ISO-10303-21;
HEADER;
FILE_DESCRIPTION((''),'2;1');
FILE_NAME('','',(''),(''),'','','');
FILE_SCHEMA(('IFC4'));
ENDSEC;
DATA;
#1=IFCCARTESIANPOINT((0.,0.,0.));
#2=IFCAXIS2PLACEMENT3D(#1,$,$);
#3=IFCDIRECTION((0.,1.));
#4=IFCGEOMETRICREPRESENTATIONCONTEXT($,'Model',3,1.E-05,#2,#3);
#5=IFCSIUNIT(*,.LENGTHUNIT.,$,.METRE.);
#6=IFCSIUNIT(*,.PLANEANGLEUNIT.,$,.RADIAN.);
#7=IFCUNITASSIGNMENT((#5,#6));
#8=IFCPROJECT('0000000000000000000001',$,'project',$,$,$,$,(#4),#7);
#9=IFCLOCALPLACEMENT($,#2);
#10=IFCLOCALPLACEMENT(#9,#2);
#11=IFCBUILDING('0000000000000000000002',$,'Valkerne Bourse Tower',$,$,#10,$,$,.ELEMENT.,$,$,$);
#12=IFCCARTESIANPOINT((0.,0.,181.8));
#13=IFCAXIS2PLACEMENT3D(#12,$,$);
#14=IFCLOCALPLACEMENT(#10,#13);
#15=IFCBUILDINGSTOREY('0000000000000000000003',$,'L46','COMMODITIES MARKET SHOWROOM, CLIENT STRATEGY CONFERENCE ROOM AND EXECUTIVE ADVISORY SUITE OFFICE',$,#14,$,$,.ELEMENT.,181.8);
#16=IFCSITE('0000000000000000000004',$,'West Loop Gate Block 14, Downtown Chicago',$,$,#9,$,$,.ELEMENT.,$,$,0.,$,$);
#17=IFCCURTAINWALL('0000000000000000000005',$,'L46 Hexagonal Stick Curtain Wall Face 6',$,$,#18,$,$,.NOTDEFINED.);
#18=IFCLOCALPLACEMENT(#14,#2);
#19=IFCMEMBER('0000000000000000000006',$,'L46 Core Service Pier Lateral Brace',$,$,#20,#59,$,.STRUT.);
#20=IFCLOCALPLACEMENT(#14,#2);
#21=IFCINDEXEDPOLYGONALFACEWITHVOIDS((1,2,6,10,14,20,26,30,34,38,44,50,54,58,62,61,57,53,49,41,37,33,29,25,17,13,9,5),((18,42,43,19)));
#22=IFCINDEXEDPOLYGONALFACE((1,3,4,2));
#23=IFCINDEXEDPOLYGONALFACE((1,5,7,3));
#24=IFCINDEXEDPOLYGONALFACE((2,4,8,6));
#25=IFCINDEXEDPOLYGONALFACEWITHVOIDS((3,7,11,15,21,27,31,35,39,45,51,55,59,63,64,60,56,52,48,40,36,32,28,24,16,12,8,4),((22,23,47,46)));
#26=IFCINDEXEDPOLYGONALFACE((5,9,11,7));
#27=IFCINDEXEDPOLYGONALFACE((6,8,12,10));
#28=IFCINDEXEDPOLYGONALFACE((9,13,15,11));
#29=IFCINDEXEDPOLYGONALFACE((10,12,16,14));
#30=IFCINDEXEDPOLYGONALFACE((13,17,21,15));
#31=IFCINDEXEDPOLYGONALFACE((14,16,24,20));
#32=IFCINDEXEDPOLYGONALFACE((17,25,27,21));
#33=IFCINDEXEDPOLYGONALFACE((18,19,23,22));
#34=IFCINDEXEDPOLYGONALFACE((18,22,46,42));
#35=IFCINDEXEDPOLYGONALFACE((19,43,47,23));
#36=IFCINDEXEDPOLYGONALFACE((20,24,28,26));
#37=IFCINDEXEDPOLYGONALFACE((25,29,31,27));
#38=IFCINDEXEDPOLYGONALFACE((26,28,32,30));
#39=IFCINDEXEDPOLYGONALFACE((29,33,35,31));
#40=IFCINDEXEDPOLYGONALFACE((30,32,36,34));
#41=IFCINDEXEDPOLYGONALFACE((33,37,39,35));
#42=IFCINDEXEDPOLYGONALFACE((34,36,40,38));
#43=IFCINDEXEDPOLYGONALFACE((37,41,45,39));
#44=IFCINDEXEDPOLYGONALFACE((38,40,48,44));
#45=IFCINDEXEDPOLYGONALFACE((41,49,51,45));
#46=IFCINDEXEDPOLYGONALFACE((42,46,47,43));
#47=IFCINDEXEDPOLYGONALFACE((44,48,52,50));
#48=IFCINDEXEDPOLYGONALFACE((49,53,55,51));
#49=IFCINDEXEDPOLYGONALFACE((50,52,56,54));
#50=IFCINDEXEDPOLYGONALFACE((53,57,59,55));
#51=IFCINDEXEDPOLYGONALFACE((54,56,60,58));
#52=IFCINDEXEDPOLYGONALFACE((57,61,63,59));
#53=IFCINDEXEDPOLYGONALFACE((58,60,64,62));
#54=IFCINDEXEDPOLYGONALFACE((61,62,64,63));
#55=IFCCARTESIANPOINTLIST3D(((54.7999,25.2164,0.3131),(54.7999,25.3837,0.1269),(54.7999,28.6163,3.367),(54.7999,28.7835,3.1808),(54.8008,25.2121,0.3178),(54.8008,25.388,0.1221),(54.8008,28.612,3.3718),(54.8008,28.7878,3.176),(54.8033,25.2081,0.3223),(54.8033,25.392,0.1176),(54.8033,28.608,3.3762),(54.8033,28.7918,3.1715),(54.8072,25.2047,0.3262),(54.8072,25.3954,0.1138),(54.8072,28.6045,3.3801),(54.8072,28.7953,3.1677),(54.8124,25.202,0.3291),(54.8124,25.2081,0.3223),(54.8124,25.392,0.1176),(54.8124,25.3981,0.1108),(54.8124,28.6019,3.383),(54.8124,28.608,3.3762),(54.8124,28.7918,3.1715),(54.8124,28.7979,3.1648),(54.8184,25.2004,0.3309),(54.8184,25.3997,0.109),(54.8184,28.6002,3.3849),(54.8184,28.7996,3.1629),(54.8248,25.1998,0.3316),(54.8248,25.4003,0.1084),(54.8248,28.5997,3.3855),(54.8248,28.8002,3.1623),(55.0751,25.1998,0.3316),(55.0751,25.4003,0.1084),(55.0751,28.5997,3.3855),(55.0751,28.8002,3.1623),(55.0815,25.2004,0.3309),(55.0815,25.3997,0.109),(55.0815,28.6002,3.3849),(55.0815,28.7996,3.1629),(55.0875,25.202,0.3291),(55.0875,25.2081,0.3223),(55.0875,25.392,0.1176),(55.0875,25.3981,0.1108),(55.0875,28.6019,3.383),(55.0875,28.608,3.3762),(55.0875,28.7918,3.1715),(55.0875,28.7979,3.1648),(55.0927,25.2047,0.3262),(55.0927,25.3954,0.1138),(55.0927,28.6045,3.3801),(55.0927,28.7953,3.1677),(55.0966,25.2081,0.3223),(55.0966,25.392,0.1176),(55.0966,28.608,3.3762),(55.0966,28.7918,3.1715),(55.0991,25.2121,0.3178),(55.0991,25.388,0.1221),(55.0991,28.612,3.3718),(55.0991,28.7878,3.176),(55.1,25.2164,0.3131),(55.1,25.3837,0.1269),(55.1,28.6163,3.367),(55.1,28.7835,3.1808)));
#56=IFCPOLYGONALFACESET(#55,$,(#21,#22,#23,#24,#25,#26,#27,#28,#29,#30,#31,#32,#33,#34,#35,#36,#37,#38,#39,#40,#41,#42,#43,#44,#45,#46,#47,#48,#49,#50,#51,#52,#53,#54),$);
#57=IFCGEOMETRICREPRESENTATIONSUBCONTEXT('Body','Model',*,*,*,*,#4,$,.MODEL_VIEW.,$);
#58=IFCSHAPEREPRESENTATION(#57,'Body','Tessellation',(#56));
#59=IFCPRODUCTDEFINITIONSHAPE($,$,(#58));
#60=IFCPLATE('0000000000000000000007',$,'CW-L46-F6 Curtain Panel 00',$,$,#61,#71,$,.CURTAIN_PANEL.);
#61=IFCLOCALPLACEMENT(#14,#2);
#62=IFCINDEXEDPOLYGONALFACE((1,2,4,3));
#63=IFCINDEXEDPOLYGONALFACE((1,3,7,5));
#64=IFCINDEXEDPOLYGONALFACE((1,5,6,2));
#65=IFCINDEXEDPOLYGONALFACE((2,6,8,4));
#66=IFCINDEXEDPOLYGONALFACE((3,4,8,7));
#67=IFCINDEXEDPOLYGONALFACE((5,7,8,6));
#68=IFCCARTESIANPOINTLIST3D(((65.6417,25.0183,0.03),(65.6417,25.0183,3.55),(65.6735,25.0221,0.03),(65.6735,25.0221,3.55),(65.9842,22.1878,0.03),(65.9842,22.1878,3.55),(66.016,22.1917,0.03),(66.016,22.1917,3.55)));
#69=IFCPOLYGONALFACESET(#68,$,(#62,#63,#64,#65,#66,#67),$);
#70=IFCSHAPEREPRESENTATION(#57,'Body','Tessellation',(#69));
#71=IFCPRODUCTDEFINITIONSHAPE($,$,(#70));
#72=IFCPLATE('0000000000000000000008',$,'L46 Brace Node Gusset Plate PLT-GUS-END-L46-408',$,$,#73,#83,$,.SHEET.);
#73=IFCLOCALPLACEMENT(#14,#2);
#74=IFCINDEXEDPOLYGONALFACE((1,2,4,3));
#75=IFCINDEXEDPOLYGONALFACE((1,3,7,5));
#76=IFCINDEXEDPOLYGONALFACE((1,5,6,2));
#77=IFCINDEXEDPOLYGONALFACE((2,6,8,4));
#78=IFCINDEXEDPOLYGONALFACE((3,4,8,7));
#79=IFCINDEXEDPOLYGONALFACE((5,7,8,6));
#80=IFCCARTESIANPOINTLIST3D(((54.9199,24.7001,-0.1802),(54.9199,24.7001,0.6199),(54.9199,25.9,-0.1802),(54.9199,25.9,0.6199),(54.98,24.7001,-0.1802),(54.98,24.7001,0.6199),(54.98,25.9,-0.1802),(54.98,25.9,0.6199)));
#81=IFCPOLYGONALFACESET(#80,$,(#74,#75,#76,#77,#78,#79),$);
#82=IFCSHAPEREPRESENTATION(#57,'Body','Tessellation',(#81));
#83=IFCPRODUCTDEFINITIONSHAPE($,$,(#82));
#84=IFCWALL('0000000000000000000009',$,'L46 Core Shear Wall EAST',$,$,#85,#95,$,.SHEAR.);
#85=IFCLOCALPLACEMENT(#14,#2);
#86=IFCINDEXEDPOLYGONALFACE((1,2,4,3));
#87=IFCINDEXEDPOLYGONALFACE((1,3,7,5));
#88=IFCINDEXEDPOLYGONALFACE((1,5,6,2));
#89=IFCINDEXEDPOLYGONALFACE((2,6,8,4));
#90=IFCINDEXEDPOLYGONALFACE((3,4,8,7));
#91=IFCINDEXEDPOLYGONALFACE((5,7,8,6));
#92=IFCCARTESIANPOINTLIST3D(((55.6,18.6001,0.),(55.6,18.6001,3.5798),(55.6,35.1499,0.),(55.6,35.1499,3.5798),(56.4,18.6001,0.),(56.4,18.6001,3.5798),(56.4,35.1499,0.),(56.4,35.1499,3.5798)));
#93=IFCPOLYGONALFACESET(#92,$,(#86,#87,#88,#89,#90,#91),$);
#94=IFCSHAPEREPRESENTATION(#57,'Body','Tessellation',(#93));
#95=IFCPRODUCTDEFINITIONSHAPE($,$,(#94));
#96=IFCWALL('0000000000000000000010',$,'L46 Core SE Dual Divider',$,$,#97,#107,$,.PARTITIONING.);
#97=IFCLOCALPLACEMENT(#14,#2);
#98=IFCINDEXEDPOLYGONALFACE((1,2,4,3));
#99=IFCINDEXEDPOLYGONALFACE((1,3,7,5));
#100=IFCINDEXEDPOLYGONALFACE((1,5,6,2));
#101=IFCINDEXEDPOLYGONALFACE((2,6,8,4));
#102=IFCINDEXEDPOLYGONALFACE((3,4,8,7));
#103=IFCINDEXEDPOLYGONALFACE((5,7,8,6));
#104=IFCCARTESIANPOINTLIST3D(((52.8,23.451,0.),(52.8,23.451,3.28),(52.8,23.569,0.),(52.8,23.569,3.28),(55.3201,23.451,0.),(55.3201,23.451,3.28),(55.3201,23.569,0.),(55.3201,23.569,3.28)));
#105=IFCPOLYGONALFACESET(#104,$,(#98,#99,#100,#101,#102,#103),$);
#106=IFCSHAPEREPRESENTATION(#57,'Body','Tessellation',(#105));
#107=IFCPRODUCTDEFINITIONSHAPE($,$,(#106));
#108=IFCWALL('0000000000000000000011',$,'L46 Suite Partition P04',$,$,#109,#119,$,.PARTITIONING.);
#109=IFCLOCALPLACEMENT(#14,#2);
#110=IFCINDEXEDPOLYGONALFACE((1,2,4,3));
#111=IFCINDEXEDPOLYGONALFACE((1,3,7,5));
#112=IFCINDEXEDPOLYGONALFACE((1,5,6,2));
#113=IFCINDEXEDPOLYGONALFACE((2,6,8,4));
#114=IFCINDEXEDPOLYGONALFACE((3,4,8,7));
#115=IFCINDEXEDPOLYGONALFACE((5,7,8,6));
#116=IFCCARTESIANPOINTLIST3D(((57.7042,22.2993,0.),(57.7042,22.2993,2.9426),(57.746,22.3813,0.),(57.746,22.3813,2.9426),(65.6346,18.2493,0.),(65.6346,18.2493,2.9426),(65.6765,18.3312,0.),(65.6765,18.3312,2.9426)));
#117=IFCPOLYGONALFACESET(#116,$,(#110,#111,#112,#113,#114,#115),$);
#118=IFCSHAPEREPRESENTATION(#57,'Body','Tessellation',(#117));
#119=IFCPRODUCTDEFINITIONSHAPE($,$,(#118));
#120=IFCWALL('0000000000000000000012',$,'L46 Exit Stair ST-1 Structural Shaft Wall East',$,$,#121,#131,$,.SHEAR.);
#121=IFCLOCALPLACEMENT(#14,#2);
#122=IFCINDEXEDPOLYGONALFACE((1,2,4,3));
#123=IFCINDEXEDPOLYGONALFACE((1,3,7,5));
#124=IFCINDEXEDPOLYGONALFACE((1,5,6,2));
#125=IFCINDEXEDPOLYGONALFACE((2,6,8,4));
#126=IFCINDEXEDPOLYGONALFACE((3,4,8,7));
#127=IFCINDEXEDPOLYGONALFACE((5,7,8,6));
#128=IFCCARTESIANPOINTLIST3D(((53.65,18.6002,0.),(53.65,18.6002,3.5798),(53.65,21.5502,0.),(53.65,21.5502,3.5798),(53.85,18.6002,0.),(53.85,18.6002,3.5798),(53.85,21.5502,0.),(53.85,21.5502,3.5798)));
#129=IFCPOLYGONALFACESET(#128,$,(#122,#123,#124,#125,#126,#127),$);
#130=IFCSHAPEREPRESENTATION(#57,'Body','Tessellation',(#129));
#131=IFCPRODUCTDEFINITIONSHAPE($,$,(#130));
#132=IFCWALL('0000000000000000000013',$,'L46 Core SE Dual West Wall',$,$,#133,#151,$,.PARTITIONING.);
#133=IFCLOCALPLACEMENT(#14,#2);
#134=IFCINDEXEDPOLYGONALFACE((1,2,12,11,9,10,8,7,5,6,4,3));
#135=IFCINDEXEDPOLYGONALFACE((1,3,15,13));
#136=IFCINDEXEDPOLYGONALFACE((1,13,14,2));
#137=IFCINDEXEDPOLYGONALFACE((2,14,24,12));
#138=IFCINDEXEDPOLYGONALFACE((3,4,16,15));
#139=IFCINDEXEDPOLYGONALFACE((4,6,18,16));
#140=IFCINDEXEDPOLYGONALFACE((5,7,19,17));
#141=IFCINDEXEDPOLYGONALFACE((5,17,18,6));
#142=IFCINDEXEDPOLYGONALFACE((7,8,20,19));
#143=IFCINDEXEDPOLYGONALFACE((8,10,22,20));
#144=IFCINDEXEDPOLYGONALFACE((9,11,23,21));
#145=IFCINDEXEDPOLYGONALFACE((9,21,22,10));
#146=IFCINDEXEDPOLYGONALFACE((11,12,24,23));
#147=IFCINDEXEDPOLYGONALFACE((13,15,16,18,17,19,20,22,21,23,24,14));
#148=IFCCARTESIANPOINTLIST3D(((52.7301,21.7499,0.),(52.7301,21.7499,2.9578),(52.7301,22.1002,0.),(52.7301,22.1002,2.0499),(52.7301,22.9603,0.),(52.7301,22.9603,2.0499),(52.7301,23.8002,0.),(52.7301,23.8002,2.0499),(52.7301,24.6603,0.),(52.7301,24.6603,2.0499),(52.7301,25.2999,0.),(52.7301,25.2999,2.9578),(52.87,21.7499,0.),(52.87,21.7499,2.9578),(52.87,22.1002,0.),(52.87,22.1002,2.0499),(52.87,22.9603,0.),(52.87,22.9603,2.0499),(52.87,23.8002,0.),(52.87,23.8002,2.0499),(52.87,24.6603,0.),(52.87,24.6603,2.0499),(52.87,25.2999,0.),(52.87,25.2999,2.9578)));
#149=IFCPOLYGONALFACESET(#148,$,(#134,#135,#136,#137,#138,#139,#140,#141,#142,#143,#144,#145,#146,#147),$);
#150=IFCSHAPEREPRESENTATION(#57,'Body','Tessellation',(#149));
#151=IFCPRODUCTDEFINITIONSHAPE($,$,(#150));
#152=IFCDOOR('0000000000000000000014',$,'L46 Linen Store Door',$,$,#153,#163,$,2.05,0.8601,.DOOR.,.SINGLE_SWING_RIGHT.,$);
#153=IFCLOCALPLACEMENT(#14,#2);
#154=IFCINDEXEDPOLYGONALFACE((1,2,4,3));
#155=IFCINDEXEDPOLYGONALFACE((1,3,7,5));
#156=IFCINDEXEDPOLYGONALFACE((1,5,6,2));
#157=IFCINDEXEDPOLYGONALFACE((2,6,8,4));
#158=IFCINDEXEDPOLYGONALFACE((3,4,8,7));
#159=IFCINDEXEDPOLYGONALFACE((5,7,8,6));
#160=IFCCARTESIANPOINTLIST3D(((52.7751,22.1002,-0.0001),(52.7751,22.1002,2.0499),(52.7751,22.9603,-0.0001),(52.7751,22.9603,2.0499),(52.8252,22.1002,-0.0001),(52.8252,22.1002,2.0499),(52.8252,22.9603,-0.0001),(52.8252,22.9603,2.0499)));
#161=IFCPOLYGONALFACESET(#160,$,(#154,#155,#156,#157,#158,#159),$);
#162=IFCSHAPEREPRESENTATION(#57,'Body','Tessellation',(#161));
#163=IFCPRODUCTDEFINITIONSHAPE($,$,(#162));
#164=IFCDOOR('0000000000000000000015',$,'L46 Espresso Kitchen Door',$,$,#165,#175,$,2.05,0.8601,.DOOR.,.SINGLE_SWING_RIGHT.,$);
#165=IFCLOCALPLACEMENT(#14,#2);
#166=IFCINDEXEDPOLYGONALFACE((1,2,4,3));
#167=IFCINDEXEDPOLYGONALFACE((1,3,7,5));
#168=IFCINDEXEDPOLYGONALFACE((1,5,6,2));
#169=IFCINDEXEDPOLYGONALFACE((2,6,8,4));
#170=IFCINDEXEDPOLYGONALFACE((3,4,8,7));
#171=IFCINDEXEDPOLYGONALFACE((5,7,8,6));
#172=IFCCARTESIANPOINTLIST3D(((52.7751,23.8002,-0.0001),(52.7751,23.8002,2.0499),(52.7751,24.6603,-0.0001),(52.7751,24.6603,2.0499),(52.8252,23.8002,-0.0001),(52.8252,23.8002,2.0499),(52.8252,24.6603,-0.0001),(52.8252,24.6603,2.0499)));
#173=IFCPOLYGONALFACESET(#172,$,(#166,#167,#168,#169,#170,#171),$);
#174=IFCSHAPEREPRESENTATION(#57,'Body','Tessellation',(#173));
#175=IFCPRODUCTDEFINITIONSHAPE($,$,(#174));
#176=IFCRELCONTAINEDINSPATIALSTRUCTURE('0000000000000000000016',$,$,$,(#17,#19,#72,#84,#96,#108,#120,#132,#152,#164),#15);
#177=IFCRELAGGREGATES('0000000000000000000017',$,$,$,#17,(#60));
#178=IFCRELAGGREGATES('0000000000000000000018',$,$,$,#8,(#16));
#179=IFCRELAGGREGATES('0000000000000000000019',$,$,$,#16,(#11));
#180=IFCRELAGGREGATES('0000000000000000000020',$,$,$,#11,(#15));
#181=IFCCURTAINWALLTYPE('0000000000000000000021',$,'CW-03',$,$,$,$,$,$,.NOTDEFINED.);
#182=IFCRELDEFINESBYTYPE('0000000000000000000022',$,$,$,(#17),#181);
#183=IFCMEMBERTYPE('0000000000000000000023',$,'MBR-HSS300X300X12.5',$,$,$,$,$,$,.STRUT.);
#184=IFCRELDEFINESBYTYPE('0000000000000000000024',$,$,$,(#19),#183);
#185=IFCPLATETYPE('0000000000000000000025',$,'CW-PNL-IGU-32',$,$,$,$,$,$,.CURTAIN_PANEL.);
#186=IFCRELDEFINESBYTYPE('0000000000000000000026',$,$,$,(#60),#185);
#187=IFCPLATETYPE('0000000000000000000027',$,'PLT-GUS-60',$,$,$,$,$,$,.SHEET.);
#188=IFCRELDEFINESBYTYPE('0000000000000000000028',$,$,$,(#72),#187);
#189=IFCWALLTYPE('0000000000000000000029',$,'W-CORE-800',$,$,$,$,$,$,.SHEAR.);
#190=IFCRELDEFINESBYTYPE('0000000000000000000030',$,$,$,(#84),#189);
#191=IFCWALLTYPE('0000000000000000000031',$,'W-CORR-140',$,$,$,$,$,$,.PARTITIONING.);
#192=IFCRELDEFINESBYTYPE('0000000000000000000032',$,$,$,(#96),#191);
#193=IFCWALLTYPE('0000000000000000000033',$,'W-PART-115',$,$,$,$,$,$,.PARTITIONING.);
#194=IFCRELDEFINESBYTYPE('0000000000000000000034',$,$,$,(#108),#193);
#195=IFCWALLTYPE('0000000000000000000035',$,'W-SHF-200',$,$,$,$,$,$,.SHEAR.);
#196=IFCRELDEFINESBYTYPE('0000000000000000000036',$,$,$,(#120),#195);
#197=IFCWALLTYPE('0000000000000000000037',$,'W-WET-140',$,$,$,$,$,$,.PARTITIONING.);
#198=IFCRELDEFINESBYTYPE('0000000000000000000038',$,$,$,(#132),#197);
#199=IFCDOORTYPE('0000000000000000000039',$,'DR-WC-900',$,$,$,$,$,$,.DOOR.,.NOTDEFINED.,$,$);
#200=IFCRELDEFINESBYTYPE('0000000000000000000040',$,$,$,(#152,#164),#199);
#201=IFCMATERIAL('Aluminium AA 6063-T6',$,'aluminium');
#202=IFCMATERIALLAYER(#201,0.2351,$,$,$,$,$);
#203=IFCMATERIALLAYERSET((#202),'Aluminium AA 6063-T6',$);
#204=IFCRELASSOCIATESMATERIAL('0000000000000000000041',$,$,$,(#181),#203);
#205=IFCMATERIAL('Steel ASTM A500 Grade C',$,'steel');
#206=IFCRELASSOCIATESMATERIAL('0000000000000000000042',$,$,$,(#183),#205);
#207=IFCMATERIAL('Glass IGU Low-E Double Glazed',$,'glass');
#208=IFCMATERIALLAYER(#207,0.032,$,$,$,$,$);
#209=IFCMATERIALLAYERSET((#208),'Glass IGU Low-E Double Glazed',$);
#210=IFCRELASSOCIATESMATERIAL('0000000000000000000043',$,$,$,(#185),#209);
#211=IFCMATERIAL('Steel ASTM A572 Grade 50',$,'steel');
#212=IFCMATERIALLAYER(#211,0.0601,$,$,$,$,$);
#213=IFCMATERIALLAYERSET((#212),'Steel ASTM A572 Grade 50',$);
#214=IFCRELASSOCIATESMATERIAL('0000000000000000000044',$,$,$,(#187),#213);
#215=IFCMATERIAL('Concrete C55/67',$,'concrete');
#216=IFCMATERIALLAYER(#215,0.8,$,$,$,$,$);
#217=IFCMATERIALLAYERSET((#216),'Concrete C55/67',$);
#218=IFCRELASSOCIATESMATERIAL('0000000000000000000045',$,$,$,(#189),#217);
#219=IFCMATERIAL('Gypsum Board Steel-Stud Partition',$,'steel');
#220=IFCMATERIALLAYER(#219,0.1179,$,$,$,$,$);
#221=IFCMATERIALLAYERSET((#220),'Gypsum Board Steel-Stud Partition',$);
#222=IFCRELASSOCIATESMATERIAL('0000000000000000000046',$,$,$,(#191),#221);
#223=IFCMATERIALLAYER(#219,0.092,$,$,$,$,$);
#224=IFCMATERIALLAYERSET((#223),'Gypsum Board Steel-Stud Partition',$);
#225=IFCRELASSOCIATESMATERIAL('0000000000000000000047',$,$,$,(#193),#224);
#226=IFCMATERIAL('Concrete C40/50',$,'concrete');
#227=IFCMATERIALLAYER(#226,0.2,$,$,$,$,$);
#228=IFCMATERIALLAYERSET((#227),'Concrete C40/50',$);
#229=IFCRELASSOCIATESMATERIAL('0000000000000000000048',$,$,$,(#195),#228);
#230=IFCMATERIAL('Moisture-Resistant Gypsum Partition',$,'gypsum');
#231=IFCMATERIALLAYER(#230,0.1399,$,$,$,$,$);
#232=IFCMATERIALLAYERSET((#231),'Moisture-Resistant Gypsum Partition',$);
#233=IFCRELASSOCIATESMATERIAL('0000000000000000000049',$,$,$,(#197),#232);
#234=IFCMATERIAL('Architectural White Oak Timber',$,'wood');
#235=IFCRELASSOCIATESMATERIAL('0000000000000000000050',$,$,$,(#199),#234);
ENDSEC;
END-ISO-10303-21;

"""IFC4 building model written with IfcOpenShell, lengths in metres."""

from ifc_helpers import new_model, si_unit, direction, frame, frame_2d, origin, origin_2d, place, context, subcontext, project, spatial, rectangle, hollow_rectangle, extrude, material, layer, layer_set, material_profile, profile_set, type_object, element, fill, aggregate, save


model = new_model("IFC4")

# Units and contexts
model_context = context("Model", 3, precision=1e-05, world=origin(), true_north=direction((0.0, 1.0)))
body_context = subcontext(model_context, "Body", "Model", "MODEL_VIEW")
ifc_project = project(units=[si_unit("LENGTHUNIT", "METRE"), si_unit("PLANEANGLEUNIT", "RADIAN")], contexts=[model_context])

# Site, building, storey
site_placement = place(None, origin())
site = spatial("IfcSite", under=ifc_project, at=site_placement, Name="West Loop Gate Block 14, Downtown Chicago", CompositionType="ELEMENT", RefElevation=0.0)
building_placement = place(site_placement, origin())
building = spatial("IfcBuilding", under=site, at=building_placement, Name="Valkerne Bourse Tower", CompositionType="ELEMENT")
storey_placement = place(building_placement, frame((0.0, 0.0, 181.8)))
storey = spatial("IfcBuildingStorey", under=building, at=storey_placement, Name="L46", Description="COMMODITIES MARKET SHOWROOM, CLIENT STRATEGY CONFERENCE ROOM AND EXECUTIVE ADVISORY SUITE OFFICE", CompositionType="ELEMENT", Elevation=181.8)

# Curtain wall
ifc_material_1 = material(Name="Aluminium AA 6063-T6", Category="aluminium")
ifc_layer_1 = layer(ifc_material_1, 0.2351)
ifc_layer_set_1 = layer_set([ifc_layer_1], Name="Aluminium AA 6063-T6")
curtain_wall_type = type_object("IfcCurtainWallType", Name="CW-03", PredefinedType="NOTDEFINED", material=ifc_layer_set_1)
curtain_wall_placement = place(storey_placement, origin())
curtain_wall = element("IfcCurtainWall", 1, at=curtain_wall_placement, inside=storey, type_object=curtain_wall_type, Name="L46 Hexagonal Stick Curtain Wall Face 6", PredefinedType="NOTDEFINED")

# Member
ifc_material_2 = material(Name="Steel ASTM A500 Grade C", Category="steel")
ifc_material_profile_1 = material_profile(ifc_material_2, hollow_rectangle(XDim=0.3, YDim=0.3, WallThickness=0.0125, OuterFilletRadius=0.0249, at=origin_2d()), Name="HSS300X300X12.5")
ifc_profile_set_1 = profile_set([ifc_material_profile_1], Name="Steel ASTM A500 Grade C")
member_type_1 = type_object("IfcMemberType", Name="MBR-HSS300X300X12.5", PredefinedType="STRUT", material=ifc_profile_set_1)
member_1_placement = place(storey_placement, frame((54.95, 25.3, 0.22), z_axis=(0.0, 0.743942, 0.668244), x_axis=(-1.0, 0.0, 0.0)))
element("IfcMember", 2, at=member_1_placement, inside=storey, type_object=member_type_1, Name="L46 Core Service Pier Lateral Brace", PredefinedType="STRUT", context=body_context, shape_type="SweptSolid", body=[
    extrude(hollow_rectangle(XDim=0.3, YDim=0.3, WallThickness=0.0125, OuterFilletRadius=0.0249, at=origin_2d()), origin(), (0.0, 0.0, 1.0), 4.5701),
])

# Plates
ifc_material_3 = material(Name="Glass IGU Low-E Double Glazed", Category="glass")
ifc_layer_2 = layer(ifc_material_3, 0.032)
ifc_layer_set_2 = layer_set([ifc_layer_2], Name="Glass IGU Low-E Double Glazed")
plate_type_1 = type_object("IfcPlateType", Name="CW-PNL-IGU-32", PredefinedType="CURTAIN_PANEL", material=ifc_layer_set_2)
plate_1_placement = place(storey_placement, frame((65.8289, 23.605, 0.03), z_axis=(0.0, 0.0, 1.0), x_axis=(-0.120127, 0.992759, 0.0)))
plate_1 = element("IfcPlate", 3, at=plate_1_placement, type_object=plate_type_1, Name="CW-L46-F6 Curtain Panel 00", PredefinedType="CURTAIN_PANEL", context=body_context, shape_type="SweptSolid", body=[
    extrude(rectangle(XDim=2.8511, YDim=0.032, at=origin_2d()), origin(), (0.0, 0.0, 1.0), 3.52),
])
aggregate(curtain_wall, [plate_1])
ifc_material_4 = material(Name="Steel ASTM A572 Grade 50", Category="steel")
ifc_layer_3 = layer(ifc_material_4, 0.0601)
ifc_layer_set_3 = layer_set([ifc_layer_3], Name="Steel ASTM A572 Grade 50")
plate_type_2 = type_object("IfcPlateType", Name="PLT-GUS-60", PredefinedType="SHEET", material=ifc_layer_set_3)
plate_2_placement = place(storey_placement, frame((54.95, 25.3, -0.1802), z_axis=(0.0, 0.0, 1.0), x_axis=(0.0, 1.0, 0.0)))
element("IfcPlate", 4, at=plate_2_placement, inside=storey, type_object=plate_type_2, Name="L46 Brace Node Gusset Plate PLT-GUS-END-L46-408", PredefinedType="SHEET", context=body_context, shape_type="SweptSolid", body=[
    extrude(rectangle(XDim=1.2, YDim=0.0601, at=origin_2d()), origin(), (0.0, 0.0, 1.0), 0.8),
])

# Walls
ifc_material_5 = material(Name="Concrete C55/67", Category="concrete")
ifc_layer_4 = layer(ifc_material_5, 0.8)
ifc_layer_set_4 = layer_set([ifc_layer_4], Name="Concrete C55/67")
wall_type_1 = type_object("IfcWallType", Name="W-CORE-800", PredefinedType="SHEAR", material=ifc_layer_set_4)
wall_1_placement = place(storey_placement, frame((56.0, 18.6001, 0.0), z_axis=(0.0, 0.0, 1.0), x_axis=(0.0, 1.0, 0.0)))
element("IfcWall", 5, at=wall_1_placement, inside=storey, type_object=wall_type_1, Name="L46 Core Shear Wall EAST", PredefinedType="SHEAR", context=body_context, shape_type="SweptSolid", body=[
    extrude(rectangle(XDim=16.5498, YDim=0.8, at=frame_2d((8.2749, 0.0))), origin(), (0.0, 0.0, 1.0), 3.5798),
])
ifc_material_6 = material(Name="Gypsum Board Steel-Stud Partition", Category="steel")
ifc_layer_5 = layer(ifc_material_6, 0.1179)
ifc_layer_set_5 = layer_set([ifc_layer_5], Name="Gypsum Board Steel-Stud Partition")
wall_type_2 = type_object("IfcWallType", Name="W-CORR-140", PredefinedType="PARTITIONING", material=ifc_layer_set_5)
wall_2_placement = place(storey_placement, frame((52.8, 23.51, 0.0), z_axis=(0.0, 0.0, 1.0), x_axis=(1.0, 0.0, 0.0)))
element("IfcWall", 6, at=wall_2_placement, inside=storey, type_object=wall_type_2, Name="L46 Core SE Dual Divider", PredefinedType="PARTITIONING", context=body_context, shape_type="SweptSolid", body=[
    extrude(rectangle(XDim=2.52, YDim=0.1179, at=frame_2d((1.26, 0.0))), origin(), (0.0, 0.0, 1.0), 3.28),
])

# Walls
ifc_layer_6 = layer(ifc_material_6, 0.092)
ifc_layer_set_6 = layer_set([ifc_layer_6], Name="Gypsum Board Steel-Stud Partition")
wall_type_3 = type_object("IfcWallType", Name="W-PART-115", PredefinedType="PARTITIONING", material=ifc_layer_set_6)
wall_3_placement = place(storey_placement, frame((57.7251, 22.3403, 0.0), z_axis=(0.0, 0.0, 1.0), x_axis=(0.890584, -0.454819, 0.0)))
element("IfcWall", 7, at=wall_3_placement, inside=storey, type_object=wall_type_3, Name="L46 Suite Partition P04", PredefinedType="PARTITIONING", context=body_context, shape_type="SweptSolid", body=[
    extrude(rectangle(XDim=8.9048, YDim=0.092, at=frame_2d((4.4524, 0.0))), origin(), (0.0, 0.0, 1.0), 2.9426),
])
ifc_material_7 = material(Name="Concrete C40/50", Category="concrete")
ifc_layer_7 = layer(ifc_material_7, 0.2)
ifc_layer_set_7 = layer_set([ifc_layer_7], Name="Concrete C40/50")
wall_type_4 = type_object("IfcWallType", Name="W-SHF-200", PredefinedType="SHEAR", material=ifc_layer_set_7)
wall_4_placement = place(storey_placement, frame((53.75, 18.6001, 0.0), z_axis=(0.0, 0.0, 1.0), x_axis=(0.0, 1.0, 0.0)))
element("IfcWall", 8, at=wall_4_placement, inside=storey, type_object=wall_type_4, Name="L46 Exit Stair ST-1 Structural Shaft Wall East", PredefinedType="SHEAR", context=body_context, shape_type="SweptSolid", body=[
    extrude(rectangle(XDim=2.95, YDim=0.2, at=frame_2d((1.4751, 0.0))), origin(), (0.0, 0.0, 1.0), 3.5798),
])

# Wall, openings, doors
ifc_material_8 = material(Name="Moisture-Resistant Gypsum Partition", Category="gypsum")
ifc_layer_8 = layer(ifc_material_8, 0.1399)
ifc_layer_set_8 = layer_set([ifc_layer_8], Name="Moisture-Resistant Gypsum Partition")
wall_type_5 = type_object("IfcWallType", Name="W-WET-140", PredefinedType="PARTITIONING", material=ifc_layer_set_8)
wall_5_placement = place(storey_placement, frame((52.8, 21.75, 0.0), z_axis=(0.0, 0.0, 1.0), x_axis=(0.0, 1.0, 0.0)))
wall_5 = element("IfcWall", 9, at=wall_5_placement, inside=storey, type_object=wall_type_5, Name="L46 Core SE Dual West Wall", PredefinedType="PARTITIONING", context=body_context, shape_type="SweptSolid", body=[
    extrude(rectangle(XDim=3.55, YDim=0.1399, at=frame_2d((1.7749, 0.0))), origin(), (0.0, 0.0, 1.0), 2.9578),
])
opening_1_placement = place(wall_5_placement, frame((0.3501, 0.0, 0.0)))
opening_1 = element("IfcOpeningElement", 10, at=opening_1_placement, cuts=wall_5, PredefinedType="OPENING", context=body_context, shape_type="SweptSolid", body=[
    extrude(rectangle(XDim=0.8601, YDim=2.05, at=frame_2d((0.4302, 1.0249))), frame((0.0, 0.0798, 0.0), z_axis=(0.0, -1.0, 0.0), x_axis=(1.0, 0.0, 0.0)), (0.0, 0.0, 1.0), 0.1599),
])
opening_2_placement = place(wall_5_placement, frame((2.05, 0.0, 0.0)))
opening_2 = element("IfcOpeningElement", 11, at=opening_2_placement, cuts=wall_5, PredefinedType="OPENING", context=body_context, shape_type="SweptSolid", body=[
    extrude(rectangle(XDim=0.8601, YDim=2.05, at=frame_2d((0.4302, 1.0249))), frame((0.0, 0.0798, 0.0), z_axis=(0.0, -1.0, 0.0), x_axis=(1.0, 0.0, 0.0)), (0.0, 0.0, 1.0), 0.1599),
])
ifc_material_9 = material(Name="Architectural White Oak Timber", Category="wood")
door_type_1 = type_object("IfcDoorType", Name="DR-WC-900", OperationType="NOTDEFINED", PredefinedType="DOOR", material=ifc_material_9)
door_1_placement = place(opening_1_placement, origin())
door_1 = element("IfcDoor", 12, at=door_1_placement, inside=storey, type_object=door_type_1, Name="L46 Linen Store Door", OperationType="SINGLE_SWING_RIGHT", OverallHeight=2.05, OverallWidth=0.8601, PredefinedType="DOOR", context=body_context, shape_type="SweptSolid", body=[
    extrude(rectangle(XDim=0.8601, YDim=2.05, at=frame_2d((0.4302, 1.0249))), frame((0.0, 0.0249, 0.0), z_axis=(0.0, -1.0, 0.0), x_axis=(1.0, 0.0, 0.0)), (0.0, 0.0, 1.0), 0.05),
])
fill(opening_1, door_1)
door_2_placement = place(opening_2_placement, origin())
door_2 = element("IfcDoor", 13, at=door_2_placement, inside=storey, type_object=door_type_1, Name="L46 Espresso Kitchen Door", OperationType="SINGLE_SWING_RIGHT", OverallHeight=2.05, OverallWidth=0.8601, PredefinedType="DOOR", context=body_context, shape_type="SweptSolid", body=[
    extrude(rectangle(XDim=0.8601, YDim=2.05, at=frame_2d((0.4302, 1.0249))), frame((0.0, 0.0249, 0.0), z_axis=(0.0, -1.0, 0.0), x_axis=(1.0, 0.0, 0.0)), (0.0, 0.0, 1.0), 0.05),
])
fill(opening_2, door_2)

save(model, "model.ifc")
